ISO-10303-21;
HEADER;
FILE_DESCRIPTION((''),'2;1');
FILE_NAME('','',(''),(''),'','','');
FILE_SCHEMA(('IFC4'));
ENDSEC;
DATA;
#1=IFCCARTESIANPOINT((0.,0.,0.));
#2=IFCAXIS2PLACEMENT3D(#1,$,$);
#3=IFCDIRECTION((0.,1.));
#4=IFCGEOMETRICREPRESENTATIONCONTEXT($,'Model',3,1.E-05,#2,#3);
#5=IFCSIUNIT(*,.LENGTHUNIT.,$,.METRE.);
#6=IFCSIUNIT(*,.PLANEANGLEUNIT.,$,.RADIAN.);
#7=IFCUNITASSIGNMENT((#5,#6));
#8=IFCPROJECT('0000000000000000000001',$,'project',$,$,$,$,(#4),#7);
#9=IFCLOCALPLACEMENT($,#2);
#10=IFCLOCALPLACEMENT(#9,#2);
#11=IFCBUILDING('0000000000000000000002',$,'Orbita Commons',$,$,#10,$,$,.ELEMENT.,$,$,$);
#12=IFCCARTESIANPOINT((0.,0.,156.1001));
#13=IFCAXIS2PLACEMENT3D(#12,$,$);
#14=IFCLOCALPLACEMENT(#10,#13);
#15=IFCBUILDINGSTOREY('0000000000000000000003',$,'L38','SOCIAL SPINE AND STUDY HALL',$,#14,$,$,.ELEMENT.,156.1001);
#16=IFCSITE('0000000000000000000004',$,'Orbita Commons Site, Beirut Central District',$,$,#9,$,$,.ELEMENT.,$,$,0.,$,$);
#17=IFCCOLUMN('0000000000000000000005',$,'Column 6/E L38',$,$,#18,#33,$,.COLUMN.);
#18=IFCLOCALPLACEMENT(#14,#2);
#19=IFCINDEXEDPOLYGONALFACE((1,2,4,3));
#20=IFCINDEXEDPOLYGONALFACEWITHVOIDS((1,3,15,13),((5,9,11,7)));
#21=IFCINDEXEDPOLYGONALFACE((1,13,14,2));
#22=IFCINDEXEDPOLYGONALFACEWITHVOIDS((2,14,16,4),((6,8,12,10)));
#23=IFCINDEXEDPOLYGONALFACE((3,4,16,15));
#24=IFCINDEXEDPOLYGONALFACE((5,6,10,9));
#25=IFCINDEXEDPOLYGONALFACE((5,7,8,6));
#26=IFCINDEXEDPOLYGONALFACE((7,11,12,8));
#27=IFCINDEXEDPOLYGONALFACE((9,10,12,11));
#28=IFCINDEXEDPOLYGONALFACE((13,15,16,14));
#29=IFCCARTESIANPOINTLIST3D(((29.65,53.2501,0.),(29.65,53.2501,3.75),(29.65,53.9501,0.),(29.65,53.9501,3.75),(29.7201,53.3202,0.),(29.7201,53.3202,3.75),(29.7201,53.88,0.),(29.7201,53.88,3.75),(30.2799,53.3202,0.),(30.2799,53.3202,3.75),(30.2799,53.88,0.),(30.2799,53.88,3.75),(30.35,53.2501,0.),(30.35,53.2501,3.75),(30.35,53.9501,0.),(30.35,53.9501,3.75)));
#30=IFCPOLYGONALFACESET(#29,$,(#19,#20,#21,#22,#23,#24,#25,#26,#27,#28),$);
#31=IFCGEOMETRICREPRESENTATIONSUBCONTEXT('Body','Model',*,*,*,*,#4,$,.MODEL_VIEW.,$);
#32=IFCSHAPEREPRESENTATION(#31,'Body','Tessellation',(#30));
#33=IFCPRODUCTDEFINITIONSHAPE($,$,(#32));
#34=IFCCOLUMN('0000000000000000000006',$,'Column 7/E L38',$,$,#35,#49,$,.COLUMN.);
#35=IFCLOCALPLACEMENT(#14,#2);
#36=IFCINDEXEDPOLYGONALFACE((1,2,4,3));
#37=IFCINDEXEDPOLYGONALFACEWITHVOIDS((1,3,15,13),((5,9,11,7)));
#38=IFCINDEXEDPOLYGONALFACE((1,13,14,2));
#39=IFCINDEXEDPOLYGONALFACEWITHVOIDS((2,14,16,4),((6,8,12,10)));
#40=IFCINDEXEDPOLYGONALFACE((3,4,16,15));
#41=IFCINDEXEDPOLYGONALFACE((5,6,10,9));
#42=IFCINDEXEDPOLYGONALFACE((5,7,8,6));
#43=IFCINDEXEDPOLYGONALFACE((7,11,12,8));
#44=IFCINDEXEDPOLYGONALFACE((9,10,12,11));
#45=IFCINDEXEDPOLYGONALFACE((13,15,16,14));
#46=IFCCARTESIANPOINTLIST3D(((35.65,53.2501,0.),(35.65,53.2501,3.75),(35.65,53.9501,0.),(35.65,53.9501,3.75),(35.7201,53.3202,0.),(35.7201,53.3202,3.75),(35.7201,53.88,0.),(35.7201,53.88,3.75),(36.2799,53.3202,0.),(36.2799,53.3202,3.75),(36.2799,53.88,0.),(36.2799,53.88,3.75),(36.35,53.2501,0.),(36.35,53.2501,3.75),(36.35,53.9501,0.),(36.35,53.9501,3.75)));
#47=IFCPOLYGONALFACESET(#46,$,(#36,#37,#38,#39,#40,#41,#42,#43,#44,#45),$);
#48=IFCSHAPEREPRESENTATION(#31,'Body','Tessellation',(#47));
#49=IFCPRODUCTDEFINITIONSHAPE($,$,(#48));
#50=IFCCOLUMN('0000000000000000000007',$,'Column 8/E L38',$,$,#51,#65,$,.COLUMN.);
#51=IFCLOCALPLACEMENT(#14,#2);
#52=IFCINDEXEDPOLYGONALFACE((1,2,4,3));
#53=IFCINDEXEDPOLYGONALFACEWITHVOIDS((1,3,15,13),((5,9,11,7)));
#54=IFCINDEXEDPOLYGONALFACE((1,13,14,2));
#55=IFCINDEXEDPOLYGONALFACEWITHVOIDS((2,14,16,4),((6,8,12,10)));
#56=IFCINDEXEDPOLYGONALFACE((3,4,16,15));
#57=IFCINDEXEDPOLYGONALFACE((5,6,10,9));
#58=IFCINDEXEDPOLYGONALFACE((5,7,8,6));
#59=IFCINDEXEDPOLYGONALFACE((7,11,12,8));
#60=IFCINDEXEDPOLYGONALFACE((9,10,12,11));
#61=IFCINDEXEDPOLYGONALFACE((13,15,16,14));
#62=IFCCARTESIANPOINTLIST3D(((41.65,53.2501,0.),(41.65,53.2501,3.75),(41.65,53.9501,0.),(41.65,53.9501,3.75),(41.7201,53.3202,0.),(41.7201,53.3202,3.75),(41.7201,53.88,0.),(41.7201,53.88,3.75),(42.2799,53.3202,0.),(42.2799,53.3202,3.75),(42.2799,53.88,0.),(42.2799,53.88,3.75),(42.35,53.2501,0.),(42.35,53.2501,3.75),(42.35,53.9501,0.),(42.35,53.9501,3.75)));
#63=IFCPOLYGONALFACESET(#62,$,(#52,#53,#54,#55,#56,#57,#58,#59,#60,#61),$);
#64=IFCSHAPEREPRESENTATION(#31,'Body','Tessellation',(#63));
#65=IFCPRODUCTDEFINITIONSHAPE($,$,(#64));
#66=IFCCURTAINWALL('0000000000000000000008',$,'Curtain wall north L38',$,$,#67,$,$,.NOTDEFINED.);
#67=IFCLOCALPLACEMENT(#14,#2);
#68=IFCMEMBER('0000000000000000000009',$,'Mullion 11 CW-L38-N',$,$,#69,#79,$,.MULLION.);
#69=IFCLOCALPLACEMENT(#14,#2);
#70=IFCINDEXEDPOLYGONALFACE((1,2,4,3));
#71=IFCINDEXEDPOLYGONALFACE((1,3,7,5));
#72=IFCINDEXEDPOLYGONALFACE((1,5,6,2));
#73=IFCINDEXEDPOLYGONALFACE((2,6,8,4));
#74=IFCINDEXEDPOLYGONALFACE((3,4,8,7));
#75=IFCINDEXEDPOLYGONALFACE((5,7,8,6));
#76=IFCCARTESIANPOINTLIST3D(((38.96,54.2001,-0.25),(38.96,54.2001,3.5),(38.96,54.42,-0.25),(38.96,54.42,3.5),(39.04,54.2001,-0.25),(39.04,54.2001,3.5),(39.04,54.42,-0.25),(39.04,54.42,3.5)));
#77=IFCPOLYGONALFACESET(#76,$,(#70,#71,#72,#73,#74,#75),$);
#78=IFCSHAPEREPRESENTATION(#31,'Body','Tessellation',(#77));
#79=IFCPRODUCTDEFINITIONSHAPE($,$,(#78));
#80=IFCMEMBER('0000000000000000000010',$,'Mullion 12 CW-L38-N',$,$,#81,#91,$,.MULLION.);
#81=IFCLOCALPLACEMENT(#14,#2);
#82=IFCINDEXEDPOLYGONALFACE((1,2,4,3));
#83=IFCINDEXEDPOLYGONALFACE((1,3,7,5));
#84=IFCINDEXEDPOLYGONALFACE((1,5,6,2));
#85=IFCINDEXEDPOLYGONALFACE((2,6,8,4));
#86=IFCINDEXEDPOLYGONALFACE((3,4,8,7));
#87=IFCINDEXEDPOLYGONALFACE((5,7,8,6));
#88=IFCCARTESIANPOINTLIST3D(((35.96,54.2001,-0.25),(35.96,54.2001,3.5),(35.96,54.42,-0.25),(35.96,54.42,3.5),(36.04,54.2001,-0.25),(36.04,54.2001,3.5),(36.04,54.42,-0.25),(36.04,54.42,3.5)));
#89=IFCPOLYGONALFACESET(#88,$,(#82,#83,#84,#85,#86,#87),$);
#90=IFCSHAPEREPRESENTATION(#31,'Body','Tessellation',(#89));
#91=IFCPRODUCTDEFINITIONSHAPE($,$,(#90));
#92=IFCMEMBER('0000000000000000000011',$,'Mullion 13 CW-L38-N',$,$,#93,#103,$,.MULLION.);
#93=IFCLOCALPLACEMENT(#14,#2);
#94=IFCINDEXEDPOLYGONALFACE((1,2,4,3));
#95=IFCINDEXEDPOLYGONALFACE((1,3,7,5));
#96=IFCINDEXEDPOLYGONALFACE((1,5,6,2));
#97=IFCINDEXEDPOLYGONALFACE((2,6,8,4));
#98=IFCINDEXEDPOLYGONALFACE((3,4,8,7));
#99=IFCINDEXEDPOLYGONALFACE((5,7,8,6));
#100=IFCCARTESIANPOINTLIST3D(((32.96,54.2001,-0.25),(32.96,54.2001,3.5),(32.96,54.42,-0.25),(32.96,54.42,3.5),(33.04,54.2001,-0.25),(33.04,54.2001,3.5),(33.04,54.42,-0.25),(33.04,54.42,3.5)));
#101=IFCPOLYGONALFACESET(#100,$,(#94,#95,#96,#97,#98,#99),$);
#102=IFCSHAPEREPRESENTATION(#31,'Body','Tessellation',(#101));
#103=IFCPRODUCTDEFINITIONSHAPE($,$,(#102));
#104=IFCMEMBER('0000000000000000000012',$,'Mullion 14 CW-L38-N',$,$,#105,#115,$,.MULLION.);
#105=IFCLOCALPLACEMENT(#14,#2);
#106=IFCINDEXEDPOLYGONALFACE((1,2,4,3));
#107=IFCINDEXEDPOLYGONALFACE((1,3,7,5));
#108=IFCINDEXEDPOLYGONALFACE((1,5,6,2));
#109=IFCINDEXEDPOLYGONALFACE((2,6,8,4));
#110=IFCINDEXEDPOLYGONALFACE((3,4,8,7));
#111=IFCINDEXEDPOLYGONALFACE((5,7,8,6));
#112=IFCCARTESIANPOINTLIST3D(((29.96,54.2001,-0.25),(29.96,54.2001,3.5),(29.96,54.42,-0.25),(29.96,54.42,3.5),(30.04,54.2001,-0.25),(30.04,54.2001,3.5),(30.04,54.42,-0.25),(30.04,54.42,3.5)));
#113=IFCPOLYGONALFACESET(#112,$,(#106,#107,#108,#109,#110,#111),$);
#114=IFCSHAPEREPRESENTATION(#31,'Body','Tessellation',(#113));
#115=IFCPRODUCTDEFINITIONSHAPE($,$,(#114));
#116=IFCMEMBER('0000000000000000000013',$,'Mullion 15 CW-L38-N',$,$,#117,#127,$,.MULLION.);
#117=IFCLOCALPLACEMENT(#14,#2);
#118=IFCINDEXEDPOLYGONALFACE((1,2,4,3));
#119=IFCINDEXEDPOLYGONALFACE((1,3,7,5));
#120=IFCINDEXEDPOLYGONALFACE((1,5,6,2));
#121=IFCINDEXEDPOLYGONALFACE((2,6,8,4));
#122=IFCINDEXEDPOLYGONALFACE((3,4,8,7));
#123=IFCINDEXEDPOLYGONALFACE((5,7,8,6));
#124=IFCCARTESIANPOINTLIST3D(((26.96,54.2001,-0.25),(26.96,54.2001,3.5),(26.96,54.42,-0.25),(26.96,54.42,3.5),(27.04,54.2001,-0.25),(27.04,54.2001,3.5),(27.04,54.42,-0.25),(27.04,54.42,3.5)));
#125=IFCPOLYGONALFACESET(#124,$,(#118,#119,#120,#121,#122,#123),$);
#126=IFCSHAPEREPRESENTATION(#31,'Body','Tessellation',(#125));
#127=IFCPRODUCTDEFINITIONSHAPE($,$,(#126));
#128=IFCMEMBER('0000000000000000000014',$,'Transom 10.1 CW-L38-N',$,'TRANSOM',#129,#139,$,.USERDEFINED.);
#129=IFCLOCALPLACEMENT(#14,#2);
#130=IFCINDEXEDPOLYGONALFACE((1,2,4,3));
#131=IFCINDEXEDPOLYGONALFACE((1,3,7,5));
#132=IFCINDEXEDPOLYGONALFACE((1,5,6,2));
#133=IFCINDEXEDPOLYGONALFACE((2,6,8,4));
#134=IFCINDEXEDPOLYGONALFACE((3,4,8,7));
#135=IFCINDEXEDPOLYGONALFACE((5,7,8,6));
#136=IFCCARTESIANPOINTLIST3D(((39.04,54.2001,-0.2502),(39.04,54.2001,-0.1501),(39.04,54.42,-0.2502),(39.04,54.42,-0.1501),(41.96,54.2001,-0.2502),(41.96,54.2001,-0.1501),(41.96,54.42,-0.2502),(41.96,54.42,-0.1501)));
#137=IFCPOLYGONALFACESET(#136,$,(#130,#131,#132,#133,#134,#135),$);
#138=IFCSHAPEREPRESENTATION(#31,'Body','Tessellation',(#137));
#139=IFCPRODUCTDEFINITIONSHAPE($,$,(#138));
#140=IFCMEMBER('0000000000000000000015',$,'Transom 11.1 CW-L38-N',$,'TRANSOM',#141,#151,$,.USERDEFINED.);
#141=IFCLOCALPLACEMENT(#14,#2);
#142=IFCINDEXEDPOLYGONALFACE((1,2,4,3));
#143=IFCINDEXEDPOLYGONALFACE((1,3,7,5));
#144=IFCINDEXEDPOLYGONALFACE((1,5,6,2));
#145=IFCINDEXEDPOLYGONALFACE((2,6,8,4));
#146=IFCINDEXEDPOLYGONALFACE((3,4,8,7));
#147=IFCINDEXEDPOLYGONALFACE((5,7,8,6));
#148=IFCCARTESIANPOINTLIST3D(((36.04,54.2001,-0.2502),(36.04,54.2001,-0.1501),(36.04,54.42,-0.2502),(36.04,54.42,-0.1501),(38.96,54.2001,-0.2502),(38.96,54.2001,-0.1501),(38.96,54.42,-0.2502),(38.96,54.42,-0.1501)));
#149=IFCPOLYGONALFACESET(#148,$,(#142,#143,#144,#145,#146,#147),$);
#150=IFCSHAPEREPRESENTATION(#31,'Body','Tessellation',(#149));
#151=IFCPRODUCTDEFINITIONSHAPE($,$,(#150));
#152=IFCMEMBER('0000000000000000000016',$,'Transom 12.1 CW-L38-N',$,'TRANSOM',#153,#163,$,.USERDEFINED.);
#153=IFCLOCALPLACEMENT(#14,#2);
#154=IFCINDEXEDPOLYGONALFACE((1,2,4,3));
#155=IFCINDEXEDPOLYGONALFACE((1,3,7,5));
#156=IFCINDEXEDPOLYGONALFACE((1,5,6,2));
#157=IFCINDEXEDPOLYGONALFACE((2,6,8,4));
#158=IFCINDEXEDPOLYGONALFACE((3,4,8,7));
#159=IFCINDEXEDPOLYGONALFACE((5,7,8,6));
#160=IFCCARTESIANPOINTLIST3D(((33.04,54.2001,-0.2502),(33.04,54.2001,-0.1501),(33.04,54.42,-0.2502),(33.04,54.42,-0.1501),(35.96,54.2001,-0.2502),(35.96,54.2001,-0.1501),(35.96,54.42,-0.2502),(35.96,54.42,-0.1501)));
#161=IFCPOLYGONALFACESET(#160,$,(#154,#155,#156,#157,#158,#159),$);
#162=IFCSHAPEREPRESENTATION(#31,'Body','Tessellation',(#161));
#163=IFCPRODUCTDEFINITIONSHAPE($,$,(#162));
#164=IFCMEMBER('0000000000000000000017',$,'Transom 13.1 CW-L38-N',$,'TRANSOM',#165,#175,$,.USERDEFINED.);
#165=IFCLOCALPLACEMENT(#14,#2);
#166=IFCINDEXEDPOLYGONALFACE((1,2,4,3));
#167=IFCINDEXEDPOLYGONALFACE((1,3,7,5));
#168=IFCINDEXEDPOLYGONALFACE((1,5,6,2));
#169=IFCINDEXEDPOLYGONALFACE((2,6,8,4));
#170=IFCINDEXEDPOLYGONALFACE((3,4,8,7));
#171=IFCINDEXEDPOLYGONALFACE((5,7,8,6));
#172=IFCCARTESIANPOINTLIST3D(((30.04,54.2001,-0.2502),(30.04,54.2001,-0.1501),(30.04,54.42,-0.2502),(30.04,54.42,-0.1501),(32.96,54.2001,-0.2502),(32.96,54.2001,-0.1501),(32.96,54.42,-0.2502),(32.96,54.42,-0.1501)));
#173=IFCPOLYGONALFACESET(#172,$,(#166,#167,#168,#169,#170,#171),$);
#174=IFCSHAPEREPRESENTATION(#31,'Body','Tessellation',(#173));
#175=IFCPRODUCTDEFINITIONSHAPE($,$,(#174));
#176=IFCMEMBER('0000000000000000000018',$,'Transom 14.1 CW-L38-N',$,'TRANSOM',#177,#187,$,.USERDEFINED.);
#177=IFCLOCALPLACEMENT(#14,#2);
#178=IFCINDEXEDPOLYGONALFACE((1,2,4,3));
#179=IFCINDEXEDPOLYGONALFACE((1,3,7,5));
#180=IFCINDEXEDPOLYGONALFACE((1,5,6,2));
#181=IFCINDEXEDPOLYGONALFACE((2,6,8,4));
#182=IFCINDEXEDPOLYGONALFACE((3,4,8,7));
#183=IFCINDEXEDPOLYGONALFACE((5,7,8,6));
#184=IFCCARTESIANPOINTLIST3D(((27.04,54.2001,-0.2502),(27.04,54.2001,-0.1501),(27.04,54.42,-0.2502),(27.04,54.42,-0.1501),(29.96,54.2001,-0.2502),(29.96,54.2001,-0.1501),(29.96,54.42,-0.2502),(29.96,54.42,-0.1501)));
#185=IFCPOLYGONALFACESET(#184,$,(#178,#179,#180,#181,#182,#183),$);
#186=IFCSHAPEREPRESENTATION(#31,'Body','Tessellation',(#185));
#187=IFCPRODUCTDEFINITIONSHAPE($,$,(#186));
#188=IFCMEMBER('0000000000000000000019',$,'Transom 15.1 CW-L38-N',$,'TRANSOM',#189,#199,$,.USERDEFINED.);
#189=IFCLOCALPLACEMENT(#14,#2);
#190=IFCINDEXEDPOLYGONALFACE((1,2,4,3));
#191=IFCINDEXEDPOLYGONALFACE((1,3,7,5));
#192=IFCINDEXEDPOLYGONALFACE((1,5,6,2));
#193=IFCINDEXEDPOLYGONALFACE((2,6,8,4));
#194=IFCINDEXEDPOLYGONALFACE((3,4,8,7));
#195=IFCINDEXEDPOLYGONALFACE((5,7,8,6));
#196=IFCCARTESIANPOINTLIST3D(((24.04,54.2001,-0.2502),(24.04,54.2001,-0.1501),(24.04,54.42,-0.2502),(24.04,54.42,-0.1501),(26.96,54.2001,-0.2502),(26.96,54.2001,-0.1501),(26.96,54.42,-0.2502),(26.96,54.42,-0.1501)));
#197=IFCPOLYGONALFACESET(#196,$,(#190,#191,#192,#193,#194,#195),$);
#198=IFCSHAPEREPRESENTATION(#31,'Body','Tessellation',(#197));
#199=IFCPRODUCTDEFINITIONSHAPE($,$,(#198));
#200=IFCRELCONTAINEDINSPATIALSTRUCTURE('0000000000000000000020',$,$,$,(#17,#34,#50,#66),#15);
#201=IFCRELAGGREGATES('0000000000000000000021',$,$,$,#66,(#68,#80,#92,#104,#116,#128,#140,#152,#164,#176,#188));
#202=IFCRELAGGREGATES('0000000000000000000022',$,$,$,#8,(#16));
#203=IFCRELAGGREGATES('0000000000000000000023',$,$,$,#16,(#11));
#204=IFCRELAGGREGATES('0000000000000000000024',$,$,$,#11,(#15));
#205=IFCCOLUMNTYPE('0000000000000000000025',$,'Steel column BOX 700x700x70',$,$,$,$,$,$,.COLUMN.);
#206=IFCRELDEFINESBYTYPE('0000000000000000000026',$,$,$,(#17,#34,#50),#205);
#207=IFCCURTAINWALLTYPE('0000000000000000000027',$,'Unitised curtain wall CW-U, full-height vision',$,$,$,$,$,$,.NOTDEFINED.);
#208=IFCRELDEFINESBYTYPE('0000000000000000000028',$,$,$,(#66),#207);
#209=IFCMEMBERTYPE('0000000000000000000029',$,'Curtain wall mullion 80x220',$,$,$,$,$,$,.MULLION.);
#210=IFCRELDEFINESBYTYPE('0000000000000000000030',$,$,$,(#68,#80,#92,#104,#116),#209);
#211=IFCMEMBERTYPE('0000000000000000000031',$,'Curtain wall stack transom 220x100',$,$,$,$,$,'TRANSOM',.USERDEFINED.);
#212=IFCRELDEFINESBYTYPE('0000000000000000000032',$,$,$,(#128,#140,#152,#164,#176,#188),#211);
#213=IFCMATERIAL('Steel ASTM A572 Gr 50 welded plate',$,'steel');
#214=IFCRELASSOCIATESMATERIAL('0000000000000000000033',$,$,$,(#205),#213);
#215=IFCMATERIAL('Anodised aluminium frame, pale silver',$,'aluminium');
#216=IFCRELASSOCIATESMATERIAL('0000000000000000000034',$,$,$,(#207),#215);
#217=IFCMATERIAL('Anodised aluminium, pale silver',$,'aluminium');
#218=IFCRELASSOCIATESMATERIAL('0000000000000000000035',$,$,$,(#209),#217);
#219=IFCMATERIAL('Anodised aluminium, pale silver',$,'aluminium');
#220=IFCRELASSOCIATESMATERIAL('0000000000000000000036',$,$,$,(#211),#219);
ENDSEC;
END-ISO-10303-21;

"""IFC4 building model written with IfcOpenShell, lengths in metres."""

from ifc_helpers import new_model, si_unit, direction, frame, origin, origin_2d, place, context, subcontext, project, spatial, rectangle, hollow_rectangle, extrude, material, material_profile, profile_set, type_object, element, aggregate, save


model = new_model("IFC4")

# Units and contexts
model_context = context("Model", 3, precision=1e-05, world=origin(), true_north=direction((0.0, 1.0)))
body_context = subcontext(model_context, "Body", "Model", "MODEL_VIEW")
ifc_project = project(units=[si_unit("LENGTHUNIT", "METRE"), si_unit("PLANEANGLEUNIT", "RADIAN")], contexts=[model_context])

# Site, building, storey
site_placement = place(None, origin())
site = spatial("IfcSite", under=ifc_project, at=site_placement, Name="Orbita Commons Site, Beirut Central District", CompositionType="ELEMENT", RefElevation=0.0)
building_placement = place(site_placement, origin())
building = spatial("IfcBuilding", under=site, at=building_placement, Name="Orbita Commons", CompositionType="ELEMENT")
storey_placement = place(building_placement, frame((0.0, 0.0, 156.1001)))
storey = spatial("IfcBuildingStorey", under=building, at=storey_placement, Name="L38", Description="SOCIAL SPINE AND STUDY HALL", CompositionType="ELEMENT", Elevation=156.1001)

# Columns
ifc_material_1 = material(Name="Steel ASTM A572 Gr 50 welded plate", Category="steel")
ifc_material_profile_1 = material_profile(ifc_material_1, hollow_rectangle(XDim=0.7, YDim=0.7, WallThickness=0.0701, at=origin_2d()), Name="BOX 700x700x70")
ifc_profile_set_1 = profile_set([ifc_material_profile_1], Name="Steel ASTM A572 Gr 50 welded plate")
column_type = type_object("IfcColumnType", Name="Steel column BOX 700x700x70", PredefinedType="COLUMN", material=ifc_profile_set_1)
for number, where, z_axis, x_axis, name in (
    (1, (30.0, 53.6001, 0.0), (0.0, 0.0, 1.0), (1.0, 0.0, 0.0), "Column 6/E L38"),
    (2, (36.0, 53.6001, 0.0), (0.0, 0.0, 1.0), (1.0, 0.0, 0.0), "Column 7/E L38"),
    (3, (42.0, 53.6001, 0.0), (0.0, 0.0, 1.0), (1.0, 0.0, 0.0), "Column 8/E L38"),
):
    element("IfcColumn", number, at=place(storey_placement, frame(where, z_axis=z_axis, x_axis=x_axis)), inside=storey, type_object=column_type, Name=name, PredefinedType="COLUMN", context=body_context, shape_type="SweptSolid", body=[
        extrude(hollow_rectangle(XDim=0.7, YDim=0.7, WallThickness=0.0701, at=origin_2d()), origin(), (0.0, 0.0, 1.0), 3.75),
    ])

# Curtain wall, members
ifc_material_2 = material(Name="Anodised aluminium frame, pale silver", Category="aluminium")
curtain_wall_type = type_object("IfcCurtainWallType", Name="Unitised curtain wall CW-U, full-height vision", PredefinedType="NOTDEFINED", material=ifc_material_2)
curtain_wall_placement = place(storey_placement, origin())
curtain_wall = element("IfcCurtainWall", 4, at=curtain_wall_placement, inside=storey, type_object=curtain_wall_type, Name="Curtain wall north L38", PredefinedType="NOTDEFINED")
ifc_material_3 = material(Name="Anodised aluminium, pale silver", Category="aluminium")
ifc_material_profile_2 = material_profile(ifc_material_3, rectangle(XDim=0.0801, YDim=0.22, at=origin_2d()), Name="AL 80x220")
ifc_profile_set_2 = profile_set([ifc_material_profile_2], Name="Anodised aluminium, pale silver")
member_type_1 = type_object("IfcMemberType", Name="Curtain wall mullion 80x220", PredefinedType="MULLION", material=ifc_profile_set_2)
member_1_placement = place(storey_placement, frame((39.0, 54.3101, -0.25), z_axis=(0.0, 0.0, 1.0), x_axis=(-1.0, 0.0, 0.0)))
member_1 = element("IfcMember", 5, at=member_1_placement, type_object=member_type_1, Name="Mullion 11 CW-L38-N", PredefinedType="MULLION", context=body_context, shape_type="SweptSolid", body=[
    extrude(rectangle(XDim=0.0801, YDim=0.22, at=origin_2d()), origin(), (0.0, 0.0, 1.0), 3.75),
])
member_2_placement = place(storey_placement, frame((36.0, 54.3101, -0.25), z_axis=(0.0, 0.0, 1.0), x_axis=(-1.0, 0.0, 0.0)))
member_2 = element("IfcMember", 6, at=member_2_placement, type_object=member_type_1, Name="Mullion 12 CW-L38-N", PredefinedType="MULLION", context=body_context, shape_type="SweptSolid", body=[
    extrude(rectangle(XDim=0.0801, YDim=0.22, at=origin_2d()), origin(), (0.0, 0.0, 1.0), 3.75),
])
member_3_placement = place(storey_placement, frame((33.0, 54.3101, -0.25), z_axis=(0.0, 0.0, 1.0), x_axis=(-1.0, 0.0, 0.0)))
member_3 = element("IfcMember", 7, at=member_3_placement, type_object=member_type_1, Name="Mullion 13 CW-L38-N", PredefinedType="MULLION", context=body_context, shape_type="SweptSolid", body=[
    extrude(rectangle(XDim=0.0801, YDim=0.22, at=origin_2d()), origin(), (0.0, 0.0, 1.0), 3.75),
])
member_4_placement = place(storey_placement, frame((30.0, 54.3101, -0.25), z_axis=(0.0, 0.0, 1.0), x_axis=(-1.0, 0.0, 0.0)))
member_4 = element("IfcMember", 8, at=member_4_placement, type_object=member_type_1, Name="Mullion 14 CW-L38-N", PredefinedType="MULLION", context=body_context, shape_type="SweptSolid", body=[
    extrude(rectangle(XDim=0.0801, YDim=0.22, at=origin_2d()), origin(), (0.0, 0.0, 1.0), 3.75),
])
member_5_placement = place(storey_placement, frame((27.0, 54.3101, -0.25), z_axis=(0.0, 0.0, 1.0), x_axis=(-1.0, 0.0, 0.0)))
member_5 = element("IfcMember", 9, at=member_5_placement, type_object=member_type_1, Name="Mullion 15 CW-L38-N", PredefinedType="MULLION", context=body_context, shape_type="SweptSolid", body=[
    extrude(rectangle(XDim=0.0801, YDim=0.22, at=origin_2d()), origin(), (0.0, 0.0, 1.0), 3.75),
])
ifc_material_4 = material(Name="Anodised aluminium, pale silver", Category="aluminium")
ifc_material_profile_3 = material_profile(ifc_material_4, rectangle(XDim=0.22, YDim=0.1001, at=origin_2d()), Name="AL 220x100")
ifc_profile_set_3 = profile_set([ifc_material_profile_3], Name="Anodised aluminium, pale silver")
member_type_2 = type_object("IfcMemberType", Name="Curtain wall stack transom 220x100", ElementType="TRANSOM", PredefinedType="USERDEFINED", material=ifc_profile_set_3)
member_6_placement = place(storey_placement, frame((41.96, 54.3101, -0.2002), z_axis=(-1.0, 0.0, 0.0), x_axis=(0.0, -1.0, 0.0)))
member_6 = element("IfcMember", 10, at=member_6_placement, type_object=member_type_2, Name="Transom 10.1 CW-L38-N", ObjectType="TRANSOM", PredefinedType="USERDEFINED", context=body_context, shape_type="SweptSolid", body=[
    extrude(rectangle(XDim=0.22, YDim=0.1001, at=origin_2d()), origin(), (0.0, 0.0, 1.0), 2.9199),
])
member_7_placement = place(storey_placement, frame((38.96, 54.3101, -0.2002), z_axis=(-1.0, 0.0, 0.0), x_axis=(0.0, -1.0, 0.0)))
member_7 = element("IfcMember", 11, at=member_7_placement, type_object=member_type_2, Name="Transom 11.1 CW-L38-N", ObjectType="TRANSOM", PredefinedType="USERDEFINED", context=body_context, shape_type="SweptSolid", body=[
    extrude(rectangle(XDim=0.22, YDim=0.1001, at=origin_2d()), origin(), (0.0, 0.0, 1.0), 2.9199),
])
member_8_placement = place(storey_placement, frame((35.96, 54.3101, -0.2002), z_axis=(-1.0, 0.0, 0.0), x_axis=(0.0, -1.0, 0.0)))
member_8 = element("IfcMember", 12, at=member_8_placement, type_object=member_type_2, Name="Transom 12.1 CW-L38-N", ObjectType="TRANSOM", PredefinedType="USERDEFINED", context=body_context, shape_type="SweptSolid", body=[
    extrude(rectangle(XDim=0.22, YDim=0.1001, at=origin_2d()), origin(), (0.0, 0.0, 1.0), 2.9199),
])
member_9_placement = place(storey_placement, frame((32.96, 54.3101, -0.2002), z_axis=(-1.0, 0.0, 0.0), x_axis=(0.0, -1.0, 0.0)))
member_9 = element("IfcMember", 13, at=member_9_placement, type_object=member_type_2, Name="Transom 13.1 CW-L38-N", ObjectType="TRANSOM", PredefinedType="USERDEFINED", context=body_context, shape_type="SweptSolid", body=[
    extrude(rectangle(XDim=0.22, YDim=0.1001, at=origin_2d()), origin(), (0.0, 0.0, 1.0), 2.9199),
])
member_10_placement = place(storey_placement, frame((29.96, 54.3101, -0.2002), z_axis=(-1.0, 0.0, 0.0), x_axis=(0.0, -1.0, 0.0)))
member_10 = element("IfcMember", 14, at=member_10_placement, type_object=member_type_2, Name="Transom 14.1 CW-L38-N", ObjectType="TRANSOM", PredefinedType="USERDEFINED", context=body_context, shape_type="SweptSolid", body=[
    extrude(rectangle(XDim=0.22, YDim=0.1001, at=origin_2d()), origin(), (0.0, 0.0, 1.0), 2.9199),
])
member_11_placement = place(storey_placement, frame((26.96, 54.3101, -0.2002), z_axis=(-1.0, 0.0, 0.0), x_axis=(0.0, -1.0, 0.0)))
member_11 = element("IfcMember", 15, at=member_11_placement, type_object=member_type_2, Name="Transom 15.1 CW-L38-N", ObjectType="TRANSOM", PredefinedType="USERDEFINED", context=body_context, shape_type="SweptSolid", body=[
    extrude(rectangle(XDim=0.22, YDim=0.1001, at=origin_2d()), origin(), (0.0, 0.0, 1.0), 2.9199),
])

aggregate(curtain_wall, [member_1, member_2, member_3, member_4, member_5, member_6, member_7, member_8, member_9, member_10, member_11])

save(model, "model.ifc")
